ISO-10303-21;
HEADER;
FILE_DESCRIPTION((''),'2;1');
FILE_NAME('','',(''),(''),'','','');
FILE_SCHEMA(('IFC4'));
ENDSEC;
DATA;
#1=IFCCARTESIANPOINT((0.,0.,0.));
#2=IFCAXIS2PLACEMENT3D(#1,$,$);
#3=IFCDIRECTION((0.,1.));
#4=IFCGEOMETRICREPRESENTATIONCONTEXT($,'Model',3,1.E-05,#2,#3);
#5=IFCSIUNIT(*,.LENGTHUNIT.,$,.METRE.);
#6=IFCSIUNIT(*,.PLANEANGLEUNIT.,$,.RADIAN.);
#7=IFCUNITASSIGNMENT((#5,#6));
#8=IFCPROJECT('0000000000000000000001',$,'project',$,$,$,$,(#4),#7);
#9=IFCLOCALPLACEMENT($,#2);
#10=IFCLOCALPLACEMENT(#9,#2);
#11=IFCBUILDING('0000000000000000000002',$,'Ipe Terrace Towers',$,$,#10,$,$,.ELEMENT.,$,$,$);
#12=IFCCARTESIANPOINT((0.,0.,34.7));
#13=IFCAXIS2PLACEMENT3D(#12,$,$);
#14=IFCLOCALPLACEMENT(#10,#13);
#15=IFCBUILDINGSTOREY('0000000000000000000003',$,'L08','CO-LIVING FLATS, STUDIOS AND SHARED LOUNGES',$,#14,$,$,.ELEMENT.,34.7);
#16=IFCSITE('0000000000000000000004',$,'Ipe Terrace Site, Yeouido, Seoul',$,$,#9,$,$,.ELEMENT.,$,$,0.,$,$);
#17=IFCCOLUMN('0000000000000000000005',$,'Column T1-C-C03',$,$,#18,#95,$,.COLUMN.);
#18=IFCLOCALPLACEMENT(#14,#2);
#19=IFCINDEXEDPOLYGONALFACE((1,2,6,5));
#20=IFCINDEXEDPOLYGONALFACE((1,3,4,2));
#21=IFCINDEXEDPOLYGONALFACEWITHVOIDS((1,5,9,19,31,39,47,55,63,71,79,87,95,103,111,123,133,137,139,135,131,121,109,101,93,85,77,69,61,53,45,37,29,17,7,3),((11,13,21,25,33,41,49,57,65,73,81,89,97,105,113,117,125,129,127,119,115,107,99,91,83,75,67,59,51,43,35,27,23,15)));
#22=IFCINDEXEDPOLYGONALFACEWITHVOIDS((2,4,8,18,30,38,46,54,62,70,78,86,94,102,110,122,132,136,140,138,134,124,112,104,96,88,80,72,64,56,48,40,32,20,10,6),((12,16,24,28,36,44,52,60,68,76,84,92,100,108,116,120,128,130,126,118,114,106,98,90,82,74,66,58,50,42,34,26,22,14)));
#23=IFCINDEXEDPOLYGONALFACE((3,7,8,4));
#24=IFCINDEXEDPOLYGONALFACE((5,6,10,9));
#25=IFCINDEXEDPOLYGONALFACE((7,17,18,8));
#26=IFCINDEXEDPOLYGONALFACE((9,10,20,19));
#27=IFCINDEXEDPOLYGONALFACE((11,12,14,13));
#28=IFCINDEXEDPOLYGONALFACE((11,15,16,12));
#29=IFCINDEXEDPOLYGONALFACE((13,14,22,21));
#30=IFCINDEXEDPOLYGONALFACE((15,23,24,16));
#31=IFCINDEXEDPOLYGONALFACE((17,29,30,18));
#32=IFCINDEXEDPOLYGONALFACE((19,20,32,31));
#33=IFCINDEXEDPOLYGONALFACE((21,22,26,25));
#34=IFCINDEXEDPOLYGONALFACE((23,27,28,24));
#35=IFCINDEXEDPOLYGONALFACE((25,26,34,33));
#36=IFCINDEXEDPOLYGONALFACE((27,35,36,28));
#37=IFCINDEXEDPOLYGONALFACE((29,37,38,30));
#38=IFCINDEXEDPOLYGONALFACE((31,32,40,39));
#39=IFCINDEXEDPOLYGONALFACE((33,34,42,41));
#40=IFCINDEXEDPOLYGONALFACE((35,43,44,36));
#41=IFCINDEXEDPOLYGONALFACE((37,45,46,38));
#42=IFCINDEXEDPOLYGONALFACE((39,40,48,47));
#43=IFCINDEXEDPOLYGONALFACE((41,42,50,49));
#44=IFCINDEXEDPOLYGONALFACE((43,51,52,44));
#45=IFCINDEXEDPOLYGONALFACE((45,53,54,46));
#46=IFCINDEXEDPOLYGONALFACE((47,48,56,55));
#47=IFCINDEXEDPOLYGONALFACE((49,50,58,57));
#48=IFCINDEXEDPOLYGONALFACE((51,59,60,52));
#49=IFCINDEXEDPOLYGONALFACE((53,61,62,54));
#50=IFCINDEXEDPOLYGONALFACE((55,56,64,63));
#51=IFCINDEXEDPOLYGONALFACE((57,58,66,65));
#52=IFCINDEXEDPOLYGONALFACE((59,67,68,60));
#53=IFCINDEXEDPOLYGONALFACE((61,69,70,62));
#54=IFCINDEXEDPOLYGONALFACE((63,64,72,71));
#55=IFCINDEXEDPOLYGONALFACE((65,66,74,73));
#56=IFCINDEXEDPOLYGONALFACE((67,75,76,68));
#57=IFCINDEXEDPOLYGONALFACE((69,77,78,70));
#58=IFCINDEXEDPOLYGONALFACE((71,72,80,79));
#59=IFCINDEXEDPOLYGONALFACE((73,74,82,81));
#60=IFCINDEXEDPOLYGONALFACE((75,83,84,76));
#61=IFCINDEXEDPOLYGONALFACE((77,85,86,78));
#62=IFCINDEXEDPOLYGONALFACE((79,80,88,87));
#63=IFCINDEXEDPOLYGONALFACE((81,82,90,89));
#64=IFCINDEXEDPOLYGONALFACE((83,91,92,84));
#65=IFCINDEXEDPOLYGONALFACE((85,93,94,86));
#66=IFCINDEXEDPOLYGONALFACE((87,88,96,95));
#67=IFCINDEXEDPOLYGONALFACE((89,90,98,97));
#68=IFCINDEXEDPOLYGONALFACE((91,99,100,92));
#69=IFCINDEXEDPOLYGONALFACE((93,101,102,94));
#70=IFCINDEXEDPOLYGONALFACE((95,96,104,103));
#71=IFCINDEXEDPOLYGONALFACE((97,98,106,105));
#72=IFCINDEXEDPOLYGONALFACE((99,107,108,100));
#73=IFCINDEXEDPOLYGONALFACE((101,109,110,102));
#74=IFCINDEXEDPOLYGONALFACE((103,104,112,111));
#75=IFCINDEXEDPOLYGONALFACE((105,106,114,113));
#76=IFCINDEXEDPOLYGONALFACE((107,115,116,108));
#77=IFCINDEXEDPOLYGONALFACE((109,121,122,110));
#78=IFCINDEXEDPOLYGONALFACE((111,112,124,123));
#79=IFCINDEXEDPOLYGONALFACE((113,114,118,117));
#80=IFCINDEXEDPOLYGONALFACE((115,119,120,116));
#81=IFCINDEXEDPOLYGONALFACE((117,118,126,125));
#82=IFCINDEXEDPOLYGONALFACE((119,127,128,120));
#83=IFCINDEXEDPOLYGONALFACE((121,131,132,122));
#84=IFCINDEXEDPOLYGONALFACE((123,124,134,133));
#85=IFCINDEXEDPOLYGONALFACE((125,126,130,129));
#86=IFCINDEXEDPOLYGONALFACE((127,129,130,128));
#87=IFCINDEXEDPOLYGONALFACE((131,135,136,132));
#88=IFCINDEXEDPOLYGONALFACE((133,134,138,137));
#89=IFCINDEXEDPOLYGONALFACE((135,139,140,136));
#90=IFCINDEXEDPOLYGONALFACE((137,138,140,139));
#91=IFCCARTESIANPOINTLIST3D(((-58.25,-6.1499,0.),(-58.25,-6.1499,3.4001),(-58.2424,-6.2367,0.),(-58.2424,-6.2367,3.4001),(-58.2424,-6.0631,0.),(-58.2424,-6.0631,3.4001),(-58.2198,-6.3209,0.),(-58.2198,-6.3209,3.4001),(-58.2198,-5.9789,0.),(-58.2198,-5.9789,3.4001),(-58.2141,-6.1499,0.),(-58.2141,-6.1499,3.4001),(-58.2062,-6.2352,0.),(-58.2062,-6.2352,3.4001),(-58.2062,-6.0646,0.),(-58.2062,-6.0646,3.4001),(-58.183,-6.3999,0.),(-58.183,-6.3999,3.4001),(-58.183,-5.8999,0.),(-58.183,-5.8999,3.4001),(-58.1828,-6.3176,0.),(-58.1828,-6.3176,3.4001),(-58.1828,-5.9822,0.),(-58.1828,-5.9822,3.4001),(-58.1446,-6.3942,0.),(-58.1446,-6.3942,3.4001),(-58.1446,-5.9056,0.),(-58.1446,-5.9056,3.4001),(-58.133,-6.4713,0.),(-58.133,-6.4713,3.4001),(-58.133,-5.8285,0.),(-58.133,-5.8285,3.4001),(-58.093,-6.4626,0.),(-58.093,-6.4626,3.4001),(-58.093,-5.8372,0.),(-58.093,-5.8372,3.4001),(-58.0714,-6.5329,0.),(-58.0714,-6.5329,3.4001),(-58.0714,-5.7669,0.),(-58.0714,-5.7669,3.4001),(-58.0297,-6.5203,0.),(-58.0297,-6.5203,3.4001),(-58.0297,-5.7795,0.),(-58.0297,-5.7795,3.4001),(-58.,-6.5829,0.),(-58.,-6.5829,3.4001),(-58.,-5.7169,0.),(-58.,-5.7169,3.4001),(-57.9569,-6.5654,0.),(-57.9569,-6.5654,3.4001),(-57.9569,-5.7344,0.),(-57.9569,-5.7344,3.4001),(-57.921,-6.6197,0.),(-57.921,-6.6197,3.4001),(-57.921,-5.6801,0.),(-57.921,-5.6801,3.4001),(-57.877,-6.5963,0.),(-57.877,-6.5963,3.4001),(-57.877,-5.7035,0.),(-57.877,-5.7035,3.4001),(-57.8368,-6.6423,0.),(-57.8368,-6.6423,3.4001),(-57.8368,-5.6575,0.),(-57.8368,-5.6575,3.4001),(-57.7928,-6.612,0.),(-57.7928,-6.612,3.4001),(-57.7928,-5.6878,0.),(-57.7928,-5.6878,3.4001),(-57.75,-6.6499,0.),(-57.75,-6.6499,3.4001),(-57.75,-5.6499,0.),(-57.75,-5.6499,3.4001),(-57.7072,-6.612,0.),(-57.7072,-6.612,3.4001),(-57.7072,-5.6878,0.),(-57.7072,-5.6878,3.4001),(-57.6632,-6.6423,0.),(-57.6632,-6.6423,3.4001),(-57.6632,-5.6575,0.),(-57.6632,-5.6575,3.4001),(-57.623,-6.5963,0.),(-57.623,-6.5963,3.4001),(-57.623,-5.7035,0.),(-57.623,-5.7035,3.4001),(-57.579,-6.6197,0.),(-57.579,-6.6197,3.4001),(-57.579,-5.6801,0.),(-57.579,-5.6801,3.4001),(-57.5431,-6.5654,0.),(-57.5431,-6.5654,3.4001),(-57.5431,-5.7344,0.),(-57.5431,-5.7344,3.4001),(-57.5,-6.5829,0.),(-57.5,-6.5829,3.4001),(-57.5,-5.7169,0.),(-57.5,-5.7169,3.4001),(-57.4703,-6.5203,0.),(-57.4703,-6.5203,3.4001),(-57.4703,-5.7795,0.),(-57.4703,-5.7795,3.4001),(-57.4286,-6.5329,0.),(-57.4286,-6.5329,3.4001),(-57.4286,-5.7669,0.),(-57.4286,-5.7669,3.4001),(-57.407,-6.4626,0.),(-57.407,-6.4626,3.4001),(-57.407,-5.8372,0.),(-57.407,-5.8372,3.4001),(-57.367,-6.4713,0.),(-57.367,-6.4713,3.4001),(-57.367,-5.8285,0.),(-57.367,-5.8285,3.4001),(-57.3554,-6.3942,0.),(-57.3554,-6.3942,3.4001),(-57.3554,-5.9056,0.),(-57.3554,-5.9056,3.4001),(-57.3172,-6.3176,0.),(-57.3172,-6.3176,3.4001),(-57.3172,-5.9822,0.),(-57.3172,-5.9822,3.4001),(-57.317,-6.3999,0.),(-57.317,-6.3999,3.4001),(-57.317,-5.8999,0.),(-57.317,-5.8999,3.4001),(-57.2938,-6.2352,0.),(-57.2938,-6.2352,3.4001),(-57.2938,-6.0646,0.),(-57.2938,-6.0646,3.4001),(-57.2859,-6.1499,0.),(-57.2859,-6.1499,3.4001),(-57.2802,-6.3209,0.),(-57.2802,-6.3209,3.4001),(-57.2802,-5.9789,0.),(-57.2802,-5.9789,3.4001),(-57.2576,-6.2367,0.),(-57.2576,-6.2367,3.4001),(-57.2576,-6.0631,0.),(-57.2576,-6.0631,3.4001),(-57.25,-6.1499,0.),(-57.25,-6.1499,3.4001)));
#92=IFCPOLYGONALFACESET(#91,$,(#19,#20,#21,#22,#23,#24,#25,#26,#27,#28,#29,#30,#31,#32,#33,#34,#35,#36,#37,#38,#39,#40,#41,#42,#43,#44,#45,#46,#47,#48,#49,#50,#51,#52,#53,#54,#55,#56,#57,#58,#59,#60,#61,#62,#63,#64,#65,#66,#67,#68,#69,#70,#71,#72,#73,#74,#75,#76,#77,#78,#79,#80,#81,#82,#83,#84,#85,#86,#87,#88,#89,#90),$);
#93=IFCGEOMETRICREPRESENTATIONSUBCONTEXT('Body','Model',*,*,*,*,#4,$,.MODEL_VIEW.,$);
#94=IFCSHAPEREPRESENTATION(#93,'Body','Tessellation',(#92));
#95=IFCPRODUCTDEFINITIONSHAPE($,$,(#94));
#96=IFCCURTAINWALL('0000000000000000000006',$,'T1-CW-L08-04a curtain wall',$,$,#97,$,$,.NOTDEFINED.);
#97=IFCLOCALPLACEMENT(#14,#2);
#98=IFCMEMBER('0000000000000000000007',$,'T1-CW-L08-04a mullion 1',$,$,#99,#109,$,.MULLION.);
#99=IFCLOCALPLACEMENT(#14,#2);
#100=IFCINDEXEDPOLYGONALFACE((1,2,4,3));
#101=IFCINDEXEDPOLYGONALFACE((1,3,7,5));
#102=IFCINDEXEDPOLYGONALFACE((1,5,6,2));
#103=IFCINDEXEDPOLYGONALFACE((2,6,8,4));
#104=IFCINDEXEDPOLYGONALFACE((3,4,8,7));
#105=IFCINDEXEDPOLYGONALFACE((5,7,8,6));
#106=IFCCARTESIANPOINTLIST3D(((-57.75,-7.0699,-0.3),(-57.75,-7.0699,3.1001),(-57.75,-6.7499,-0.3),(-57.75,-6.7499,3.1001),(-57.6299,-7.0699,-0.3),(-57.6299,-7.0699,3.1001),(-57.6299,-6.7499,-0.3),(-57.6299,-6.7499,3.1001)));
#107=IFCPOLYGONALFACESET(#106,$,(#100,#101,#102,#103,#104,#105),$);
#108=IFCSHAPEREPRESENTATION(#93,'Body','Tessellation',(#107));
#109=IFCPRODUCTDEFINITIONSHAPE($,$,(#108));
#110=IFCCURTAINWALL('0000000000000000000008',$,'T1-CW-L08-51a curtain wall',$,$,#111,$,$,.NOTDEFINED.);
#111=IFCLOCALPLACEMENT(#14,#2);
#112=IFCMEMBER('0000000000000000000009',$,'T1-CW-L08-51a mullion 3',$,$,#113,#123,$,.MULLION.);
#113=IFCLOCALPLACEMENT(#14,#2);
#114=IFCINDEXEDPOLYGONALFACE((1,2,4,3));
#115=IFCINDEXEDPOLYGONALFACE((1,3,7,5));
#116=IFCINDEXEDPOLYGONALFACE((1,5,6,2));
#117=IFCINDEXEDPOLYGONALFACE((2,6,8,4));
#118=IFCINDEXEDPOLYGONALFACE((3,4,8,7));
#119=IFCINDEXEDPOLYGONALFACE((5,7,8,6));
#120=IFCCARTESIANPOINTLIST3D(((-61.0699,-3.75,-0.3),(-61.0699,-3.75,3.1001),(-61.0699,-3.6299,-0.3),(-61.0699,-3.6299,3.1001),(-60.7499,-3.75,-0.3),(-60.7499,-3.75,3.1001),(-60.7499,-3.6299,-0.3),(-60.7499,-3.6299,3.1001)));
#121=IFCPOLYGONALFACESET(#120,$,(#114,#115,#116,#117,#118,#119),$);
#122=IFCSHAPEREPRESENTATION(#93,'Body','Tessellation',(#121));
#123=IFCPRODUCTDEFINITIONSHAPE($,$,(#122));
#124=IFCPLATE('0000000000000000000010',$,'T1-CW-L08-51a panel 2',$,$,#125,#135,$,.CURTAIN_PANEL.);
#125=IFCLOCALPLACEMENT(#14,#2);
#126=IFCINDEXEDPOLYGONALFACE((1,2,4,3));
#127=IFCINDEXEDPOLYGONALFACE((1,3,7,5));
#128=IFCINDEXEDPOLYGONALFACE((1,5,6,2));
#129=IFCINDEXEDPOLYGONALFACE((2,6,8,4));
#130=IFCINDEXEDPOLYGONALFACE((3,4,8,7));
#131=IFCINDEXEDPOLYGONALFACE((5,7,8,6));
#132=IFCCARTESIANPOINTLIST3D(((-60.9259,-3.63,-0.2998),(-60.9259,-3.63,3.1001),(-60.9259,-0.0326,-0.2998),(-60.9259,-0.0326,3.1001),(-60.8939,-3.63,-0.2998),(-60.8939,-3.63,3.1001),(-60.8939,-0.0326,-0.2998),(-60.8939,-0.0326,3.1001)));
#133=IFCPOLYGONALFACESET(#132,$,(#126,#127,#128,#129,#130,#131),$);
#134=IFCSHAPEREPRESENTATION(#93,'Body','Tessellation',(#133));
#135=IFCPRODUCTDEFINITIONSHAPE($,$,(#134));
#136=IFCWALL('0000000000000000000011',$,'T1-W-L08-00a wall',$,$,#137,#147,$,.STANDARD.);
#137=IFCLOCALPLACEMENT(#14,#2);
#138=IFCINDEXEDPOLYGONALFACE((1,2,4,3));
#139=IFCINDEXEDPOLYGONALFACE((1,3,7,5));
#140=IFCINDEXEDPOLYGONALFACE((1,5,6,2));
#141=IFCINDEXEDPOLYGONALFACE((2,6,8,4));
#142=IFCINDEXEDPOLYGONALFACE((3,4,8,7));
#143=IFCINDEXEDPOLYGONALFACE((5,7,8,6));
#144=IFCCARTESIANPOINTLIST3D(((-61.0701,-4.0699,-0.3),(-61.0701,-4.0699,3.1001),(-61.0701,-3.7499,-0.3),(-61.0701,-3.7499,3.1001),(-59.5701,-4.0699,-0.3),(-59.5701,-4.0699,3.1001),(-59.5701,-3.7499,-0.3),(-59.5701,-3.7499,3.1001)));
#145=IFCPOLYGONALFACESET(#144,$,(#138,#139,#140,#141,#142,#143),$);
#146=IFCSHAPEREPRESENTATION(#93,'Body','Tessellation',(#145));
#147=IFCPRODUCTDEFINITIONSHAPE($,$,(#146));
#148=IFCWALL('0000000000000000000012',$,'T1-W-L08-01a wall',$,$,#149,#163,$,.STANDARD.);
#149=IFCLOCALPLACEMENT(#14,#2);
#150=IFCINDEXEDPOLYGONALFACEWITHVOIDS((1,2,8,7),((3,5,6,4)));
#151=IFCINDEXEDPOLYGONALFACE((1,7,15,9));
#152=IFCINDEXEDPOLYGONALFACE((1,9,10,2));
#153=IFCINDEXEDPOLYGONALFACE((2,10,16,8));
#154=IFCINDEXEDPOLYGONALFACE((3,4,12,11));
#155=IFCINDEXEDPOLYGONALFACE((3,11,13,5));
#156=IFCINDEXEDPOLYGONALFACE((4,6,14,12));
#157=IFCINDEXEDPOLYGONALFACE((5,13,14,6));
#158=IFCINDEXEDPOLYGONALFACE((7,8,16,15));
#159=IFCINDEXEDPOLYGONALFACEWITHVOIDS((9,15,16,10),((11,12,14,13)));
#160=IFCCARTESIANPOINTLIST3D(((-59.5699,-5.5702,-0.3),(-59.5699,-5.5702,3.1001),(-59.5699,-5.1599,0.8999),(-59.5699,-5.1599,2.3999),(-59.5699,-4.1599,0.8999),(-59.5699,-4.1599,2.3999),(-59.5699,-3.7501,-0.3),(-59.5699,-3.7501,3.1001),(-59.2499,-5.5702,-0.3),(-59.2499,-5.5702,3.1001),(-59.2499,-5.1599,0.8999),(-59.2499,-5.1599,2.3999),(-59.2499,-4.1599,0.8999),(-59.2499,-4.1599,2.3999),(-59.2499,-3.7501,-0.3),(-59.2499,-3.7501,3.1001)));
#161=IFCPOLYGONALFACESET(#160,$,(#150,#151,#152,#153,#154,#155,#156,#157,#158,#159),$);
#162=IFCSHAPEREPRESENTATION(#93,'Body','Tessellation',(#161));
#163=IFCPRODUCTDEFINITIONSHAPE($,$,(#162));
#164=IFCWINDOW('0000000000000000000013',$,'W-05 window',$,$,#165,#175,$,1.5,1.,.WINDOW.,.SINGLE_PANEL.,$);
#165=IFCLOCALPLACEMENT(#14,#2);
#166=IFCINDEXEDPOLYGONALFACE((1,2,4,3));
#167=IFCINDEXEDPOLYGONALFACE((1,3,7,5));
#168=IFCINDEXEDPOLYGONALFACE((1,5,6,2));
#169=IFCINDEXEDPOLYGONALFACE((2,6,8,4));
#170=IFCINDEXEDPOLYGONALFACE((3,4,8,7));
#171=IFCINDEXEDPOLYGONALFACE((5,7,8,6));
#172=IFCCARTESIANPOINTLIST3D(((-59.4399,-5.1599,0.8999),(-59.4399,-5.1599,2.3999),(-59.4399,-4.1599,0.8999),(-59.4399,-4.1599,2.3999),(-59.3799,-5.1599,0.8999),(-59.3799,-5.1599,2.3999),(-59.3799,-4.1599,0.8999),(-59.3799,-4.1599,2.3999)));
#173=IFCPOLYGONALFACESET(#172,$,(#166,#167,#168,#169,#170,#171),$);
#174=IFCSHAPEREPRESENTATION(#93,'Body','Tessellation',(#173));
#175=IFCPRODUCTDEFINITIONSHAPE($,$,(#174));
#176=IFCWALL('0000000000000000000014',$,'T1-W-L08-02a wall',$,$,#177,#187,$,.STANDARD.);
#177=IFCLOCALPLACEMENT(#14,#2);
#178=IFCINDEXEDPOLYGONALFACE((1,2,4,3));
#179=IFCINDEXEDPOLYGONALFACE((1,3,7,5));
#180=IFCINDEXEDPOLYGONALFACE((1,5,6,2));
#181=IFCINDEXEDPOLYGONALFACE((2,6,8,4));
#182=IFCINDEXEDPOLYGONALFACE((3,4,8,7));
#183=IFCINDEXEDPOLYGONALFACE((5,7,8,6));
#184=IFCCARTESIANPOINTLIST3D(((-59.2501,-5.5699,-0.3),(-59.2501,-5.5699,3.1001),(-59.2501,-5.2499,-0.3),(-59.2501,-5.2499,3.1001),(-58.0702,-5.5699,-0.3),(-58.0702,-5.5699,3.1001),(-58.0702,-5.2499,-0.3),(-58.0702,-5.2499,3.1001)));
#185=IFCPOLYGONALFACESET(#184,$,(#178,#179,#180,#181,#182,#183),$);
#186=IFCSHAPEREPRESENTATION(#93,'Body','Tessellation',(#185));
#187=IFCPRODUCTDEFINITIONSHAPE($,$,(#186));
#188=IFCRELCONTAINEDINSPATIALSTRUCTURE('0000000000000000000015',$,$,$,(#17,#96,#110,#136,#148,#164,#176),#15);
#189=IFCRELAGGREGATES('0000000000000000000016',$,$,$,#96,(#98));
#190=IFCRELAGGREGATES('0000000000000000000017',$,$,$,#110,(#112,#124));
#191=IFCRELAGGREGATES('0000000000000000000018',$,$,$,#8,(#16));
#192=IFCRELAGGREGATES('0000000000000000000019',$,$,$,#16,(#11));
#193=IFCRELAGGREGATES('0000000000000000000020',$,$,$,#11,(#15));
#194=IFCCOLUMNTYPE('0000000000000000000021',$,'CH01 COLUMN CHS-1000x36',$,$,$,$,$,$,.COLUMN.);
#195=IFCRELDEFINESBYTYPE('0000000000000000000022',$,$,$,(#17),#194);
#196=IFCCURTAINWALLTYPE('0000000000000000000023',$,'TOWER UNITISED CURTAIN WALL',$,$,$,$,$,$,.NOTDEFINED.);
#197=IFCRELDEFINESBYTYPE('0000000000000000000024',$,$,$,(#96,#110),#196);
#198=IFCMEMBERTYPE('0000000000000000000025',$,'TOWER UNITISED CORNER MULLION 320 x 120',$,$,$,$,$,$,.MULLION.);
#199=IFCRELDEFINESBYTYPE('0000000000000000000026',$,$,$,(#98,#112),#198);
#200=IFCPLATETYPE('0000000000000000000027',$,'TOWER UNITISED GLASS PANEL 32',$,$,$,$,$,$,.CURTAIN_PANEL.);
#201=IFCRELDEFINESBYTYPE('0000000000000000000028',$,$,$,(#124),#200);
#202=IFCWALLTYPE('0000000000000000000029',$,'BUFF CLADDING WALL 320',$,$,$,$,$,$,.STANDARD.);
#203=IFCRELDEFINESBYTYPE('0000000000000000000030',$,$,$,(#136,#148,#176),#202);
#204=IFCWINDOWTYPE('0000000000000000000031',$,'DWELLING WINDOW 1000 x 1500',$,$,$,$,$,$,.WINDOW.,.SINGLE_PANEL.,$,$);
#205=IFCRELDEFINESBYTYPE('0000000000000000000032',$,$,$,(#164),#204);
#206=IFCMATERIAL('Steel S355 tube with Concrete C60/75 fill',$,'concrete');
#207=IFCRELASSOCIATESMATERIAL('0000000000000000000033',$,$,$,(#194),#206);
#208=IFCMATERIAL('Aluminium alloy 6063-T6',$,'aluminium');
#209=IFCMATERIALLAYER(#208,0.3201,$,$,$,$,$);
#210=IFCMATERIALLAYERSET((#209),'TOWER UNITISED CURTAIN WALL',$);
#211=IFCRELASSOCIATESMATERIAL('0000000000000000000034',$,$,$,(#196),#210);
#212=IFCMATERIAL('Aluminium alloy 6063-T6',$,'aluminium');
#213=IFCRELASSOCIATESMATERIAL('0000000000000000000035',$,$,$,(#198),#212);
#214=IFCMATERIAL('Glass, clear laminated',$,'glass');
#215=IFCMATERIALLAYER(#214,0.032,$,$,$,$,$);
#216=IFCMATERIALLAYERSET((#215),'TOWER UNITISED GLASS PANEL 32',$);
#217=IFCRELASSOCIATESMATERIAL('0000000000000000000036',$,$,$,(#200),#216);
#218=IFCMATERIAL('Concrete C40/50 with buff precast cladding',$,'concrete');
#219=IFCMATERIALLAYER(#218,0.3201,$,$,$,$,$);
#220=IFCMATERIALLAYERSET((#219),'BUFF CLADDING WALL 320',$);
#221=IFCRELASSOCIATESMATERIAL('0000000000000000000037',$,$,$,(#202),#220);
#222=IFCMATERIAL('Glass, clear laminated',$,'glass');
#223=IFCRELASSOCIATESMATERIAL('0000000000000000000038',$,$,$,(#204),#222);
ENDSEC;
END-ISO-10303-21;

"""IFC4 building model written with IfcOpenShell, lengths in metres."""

from ifc_helpers import new_model, si_unit, direction, frame, frame_2d, origin, origin_2d, place, context, subcontext, project, spatial, rectangle, hollow_circle, extrude, material, layer, layer_set, material_profile, profile_set, type_object, element, fill, aggregate, save


model = new_model("IFC4")

# Units and contexts
model_context = context("Model", 3, precision=1e-05, world=origin(), true_north=direction((0.0, 1.0)))
body_context = subcontext(model_context, "Body", "Model", "MODEL_VIEW")
ifc_project = project(units=[si_unit("LENGTHUNIT", "METRE"), si_unit("PLANEANGLEUNIT", "RADIAN")], contexts=[model_context])

# Site, building, storey
site_placement = place(None, origin())
site = spatial("IfcSite", under=ifc_project, at=site_placement, Name="Ipe Terrace Site, Yeouido, Seoul", CompositionType="ELEMENT", RefElevation=0.0)
building_placement = place(site_placement, origin())
building = spatial("IfcBuilding", under=site, at=building_placement, Name="Ipe Terrace Towers", CompositionType="ELEMENT")
storey_placement = place(building_placement, frame((0.0, 0.0, 34.7)))
storey = spatial("IfcBuildingStorey", under=building, at=storey_placement, Name="L08", Description="CO-LIVING FLATS, STUDIOS AND SHARED LOUNGES", CompositionType="ELEMENT", Elevation=34.7)

# Column
ifc_material_1 = material(Name="Steel S355 tube with Concrete C60/75 fill", Category="concrete")
ifc_material_profile_1 = material_profile(ifc_material_1, hollow_circle(Radius=0.5, WallThickness=0.0359, at=origin_2d()), Name="CHS-1000x36")
ifc_profile_set_1 = profile_set([ifc_material_profile_1], Name="Steel S355 tube with Concrete C60/75 fill")
column_type = type_object("IfcColumnType", Name="CH01 COLUMN CHS-1000x36", PredefinedType="COLUMN", material=ifc_profile_set_1)
column_placement = place(storey_placement, frame((-57.75, -6.1499, 0.0), z_axis=(0.0, 0.0, 1.0), x_axis=(1.0, 0.0, 0.0)))
element("IfcColumn", 1, at=column_placement, inside=storey, type_object=column_type, Name="Column T1-C-C03", PredefinedType="COLUMN", context=body_context, shape_type="SweptSolid", body=[
    extrude(hollow_circle(Radius=0.5, WallThickness=0.0359, at=origin_2d()), origin(), (0.0, 0.0, 1.0), 3.4001),
])

# Curtain wall, member
ifc_material_2 = material(Name="Aluminium alloy 6063-T6", Category="aluminium")
ifc_layer_1 = layer(ifc_material_2, 0.3201)
ifc_layer_set_1 = layer_set([ifc_layer_1], Name="TOWER UNITISED CURTAIN WALL")
curtain_wall_type = type_object("IfcCurtainWallType", Name="TOWER UNITISED CURTAIN WALL", PredefinedType="NOTDEFINED", material=ifc_layer_set_1)
curtain_wall_1_placement = place(storey_placement, origin())
curtain_wall_1 = element("IfcCurtainWall", 2, at=curtain_wall_1_placement, inside=storey, type_object=curtain_wall_type, Name="T1-CW-L08-04a curtain wall", PredefinedType="NOTDEFINED")
ifc_material_3 = material(Name="Aluminium alloy 6063-T6", Category="aluminium")
ifc_material_profile_2 = material_profile(ifc_material_3, rectangle(XDim=0.3201, YDim=0.1201, at=origin_2d()), Name="TOWER UNITISED CORNER MULLION 320 x 120")
ifc_profile_set_2 = profile_set([ifc_material_profile_2], Name="Aluminium alloy 6063-T6")
member_type = type_object("IfcMemberType", Name="TOWER UNITISED CORNER MULLION 320 x 120", PredefinedType="MULLION", material=ifc_profile_set_2)
member_1_placement = place(storey_placement, frame((-57.6899, -6.9099, -0.3), z_axis=(0.0, 0.0, 1.0), x_axis=(0.0, -1.0, 0.0)))
member_1 = element("IfcMember", 3, at=member_1_placement, type_object=member_type, Name="T1-CW-L08-04a mullion 1", PredefinedType="MULLION", context=body_context, shape_type="SweptSolid", body=[
    extrude(rectangle(XDim=0.3201, YDim=0.1201, at=origin_2d()), origin(), (0.0, 0.0, 1.0), 3.4001),
])
aggregate(curtain_wall_1, [member_1])

# Curtain wall, member, plate
curtain_wall_2_placement = place(storey_placement, origin())
curtain_wall_2 = element("IfcCurtainWall", 4, at=curtain_wall_2_placement, inside=storey, type_object=curtain_wall_type, Name="T1-CW-L08-51a curtain wall", PredefinedType="NOTDEFINED")
member_2_placement = place(storey_placement, frame((-60.9099, -3.6899, -0.3), z_axis=(0.0, 0.0, 1.0), x_axis=(-1.0, 0.0, 0.0)))
member_2 = element("IfcMember", 5, at=member_2_placement, type_object=member_type, Name="T1-CW-L08-51a mullion 3", PredefinedType="MULLION", context=body_context, shape_type="SweptSolid", body=[
    extrude(rectangle(XDim=0.3201, YDim=0.1201, at=origin_2d()), origin(), (0.0, 0.0, 1.0), 3.4001),
])
ifc_material_4 = material(Name="Glass, clear laminated", Category="glass")
ifc_layer_2 = layer(ifc_material_4, 0.032)
ifc_layer_set_2 = layer_set([ifc_layer_2], Name="TOWER UNITISED GLASS PANEL 32")
plate_type = type_object("IfcPlateType", Name="TOWER UNITISED GLASS PANEL 32", PredefinedType="CURTAIN_PANEL", material=ifc_layer_set_2)
plate_placement = place(storey_placement, frame((-60.9099, -1.8313, -0.2998), z_axis=(0.0, 0.0, 1.0), x_axis=(0.0, -1.0, 0.0)))
plate = element("IfcPlate", 6, at=plate_placement, type_object=plate_type, Name="T1-CW-L08-51a panel 2", PredefinedType="CURTAIN_PANEL", context=body_context, shape_type="SweptSolid", body=[
    extrude(rectangle(XDim=3.5974, YDim=0.032, at=origin_2d()), origin(), (0.0, 0.0, 1.0), 3.3999),
])
aggregate(curtain_wall_2, [member_2, plate])

# Wall
ifc_material_5 = material(Name="Concrete C40/50 with buff precast cladding", Category="concrete")
ifc_layer_3 = layer(ifc_material_5, 0.3201)
ifc_layer_set_3 = layer_set([ifc_layer_3], Name="BUFF CLADDING WALL 320")
wall_type_1 = type_object("IfcWallType", Name="BUFF CLADDING WALL 320", PredefinedType="STANDARD", material=ifc_layer_set_3)
wall_1_placement = place(storey_placement, frame((-61.0701, -3.9099, -0.3), z_axis=(0.0, 0.0, 1.0), x_axis=(1.0, 0.0, 0.0)))
element("IfcWall", 7, at=wall_1_placement, inside=storey, type_object=wall_type_1, Name="T1-W-L08-00a wall", PredefinedType="STANDARD", context=body_context, shape_type="SweptSolid", body=[
    extrude(rectangle(XDim=1.5, YDim=0.3201, at=frame_2d((0.75, 0.0))), origin(), (0.0, 0.0, 1.0), 3.4001),
])

# Wall, opening, window
wall_2_placement = place(storey_placement, frame((-59.4099, -3.75, -0.3), z_axis=(0.0, 0.0, 1.0), x_axis=(0.0, -1.0, 0.0)))
wall_2 = element("IfcWall", 8, at=wall_2_placement, inside=storey, type_object=wall_type_1, Name="T1-W-L08-01a wall", PredefinedType="STANDARD", context=body_context, shape_type="SweptSolid", body=[
    extrude(rectangle(XDim=1.8201, YDim=0.3201, at=frame_2d((0.9102, 0.0))), origin(), (0.0, 0.0, 1.0), 3.4001),
])
opening_1_placement = place(wall_2_placement, frame((0.4099, 0.0, 1.2)))
opening_1 = element("IfcOpeningElement", 9, at=opening_1_placement, cuts=wall_2, PredefinedType="OPENING", context=body_context, shape_type="SweptSolid", body=[
    extrude(rectangle(XDim=1.0, YDim=1.5, at=frame_2d((0.5, 0.75))), frame((0.0, 0.1699, 0.0), z_axis=(0.0, -1.0, 0.0), x_axis=(1.0, 0.0, 0.0)), (0.0, 0.0, 1.0), 0.3401),
])
ifc_material_6 = material(Name="Glass, clear laminated", Category="glass")
window_type = type_object("IfcWindowType", Name="DWELLING WINDOW 1000 x 1500", PartitioningType="SINGLE_PANEL", PredefinedType="WINDOW", material=ifc_material_6)
window_placement = place(opening_1_placement, origin())
window = element("IfcWindow", 10, at=window_placement, inside=storey, type_object=window_type, Name="W-05 window", OverallHeight=1.5, OverallWidth=1.0, PartitioningType="SINGLE_PANEL", PredefinedType="WINDOW", context=body_context, shape_type="SweptSolid", body=[
    extrude(rectangle(XDim=1.0, YDim=1.5, at=frame_2d((0.5, 0.75))), frame((0.0, 0.03, 0.0), z_axis=(0.0, -1.0, 0.0), x_axis=(1.0, 0.0, 0.0)), (0.0, 0.0, 1.0), 0.0601),
])
fill(opening_1, window)

# Wall
wall_3_placement = place(storey_placement, frame((-59.25, -5.4099, -0.3), z_axis=(0.0, 0.0, 1.0), x_axis=(1.0, 0.0, 0.0)))
element("IfcWall", 11, at=wall_3_placement, inside=storey, type_object=wall_type_1, Name="T1-W-L08-02a wall", PredefinedType="STANDARD", context=body_context, shape_type="SweptSolid", body=[
    extrude(rectangle(XDim=1.1799, YDim=0.3201, at=frame_2d((0.5898, 0.0))), origin(), (0.0, 0.0, 1.0), 3.4001),
])

save(model, "model.ifc")
